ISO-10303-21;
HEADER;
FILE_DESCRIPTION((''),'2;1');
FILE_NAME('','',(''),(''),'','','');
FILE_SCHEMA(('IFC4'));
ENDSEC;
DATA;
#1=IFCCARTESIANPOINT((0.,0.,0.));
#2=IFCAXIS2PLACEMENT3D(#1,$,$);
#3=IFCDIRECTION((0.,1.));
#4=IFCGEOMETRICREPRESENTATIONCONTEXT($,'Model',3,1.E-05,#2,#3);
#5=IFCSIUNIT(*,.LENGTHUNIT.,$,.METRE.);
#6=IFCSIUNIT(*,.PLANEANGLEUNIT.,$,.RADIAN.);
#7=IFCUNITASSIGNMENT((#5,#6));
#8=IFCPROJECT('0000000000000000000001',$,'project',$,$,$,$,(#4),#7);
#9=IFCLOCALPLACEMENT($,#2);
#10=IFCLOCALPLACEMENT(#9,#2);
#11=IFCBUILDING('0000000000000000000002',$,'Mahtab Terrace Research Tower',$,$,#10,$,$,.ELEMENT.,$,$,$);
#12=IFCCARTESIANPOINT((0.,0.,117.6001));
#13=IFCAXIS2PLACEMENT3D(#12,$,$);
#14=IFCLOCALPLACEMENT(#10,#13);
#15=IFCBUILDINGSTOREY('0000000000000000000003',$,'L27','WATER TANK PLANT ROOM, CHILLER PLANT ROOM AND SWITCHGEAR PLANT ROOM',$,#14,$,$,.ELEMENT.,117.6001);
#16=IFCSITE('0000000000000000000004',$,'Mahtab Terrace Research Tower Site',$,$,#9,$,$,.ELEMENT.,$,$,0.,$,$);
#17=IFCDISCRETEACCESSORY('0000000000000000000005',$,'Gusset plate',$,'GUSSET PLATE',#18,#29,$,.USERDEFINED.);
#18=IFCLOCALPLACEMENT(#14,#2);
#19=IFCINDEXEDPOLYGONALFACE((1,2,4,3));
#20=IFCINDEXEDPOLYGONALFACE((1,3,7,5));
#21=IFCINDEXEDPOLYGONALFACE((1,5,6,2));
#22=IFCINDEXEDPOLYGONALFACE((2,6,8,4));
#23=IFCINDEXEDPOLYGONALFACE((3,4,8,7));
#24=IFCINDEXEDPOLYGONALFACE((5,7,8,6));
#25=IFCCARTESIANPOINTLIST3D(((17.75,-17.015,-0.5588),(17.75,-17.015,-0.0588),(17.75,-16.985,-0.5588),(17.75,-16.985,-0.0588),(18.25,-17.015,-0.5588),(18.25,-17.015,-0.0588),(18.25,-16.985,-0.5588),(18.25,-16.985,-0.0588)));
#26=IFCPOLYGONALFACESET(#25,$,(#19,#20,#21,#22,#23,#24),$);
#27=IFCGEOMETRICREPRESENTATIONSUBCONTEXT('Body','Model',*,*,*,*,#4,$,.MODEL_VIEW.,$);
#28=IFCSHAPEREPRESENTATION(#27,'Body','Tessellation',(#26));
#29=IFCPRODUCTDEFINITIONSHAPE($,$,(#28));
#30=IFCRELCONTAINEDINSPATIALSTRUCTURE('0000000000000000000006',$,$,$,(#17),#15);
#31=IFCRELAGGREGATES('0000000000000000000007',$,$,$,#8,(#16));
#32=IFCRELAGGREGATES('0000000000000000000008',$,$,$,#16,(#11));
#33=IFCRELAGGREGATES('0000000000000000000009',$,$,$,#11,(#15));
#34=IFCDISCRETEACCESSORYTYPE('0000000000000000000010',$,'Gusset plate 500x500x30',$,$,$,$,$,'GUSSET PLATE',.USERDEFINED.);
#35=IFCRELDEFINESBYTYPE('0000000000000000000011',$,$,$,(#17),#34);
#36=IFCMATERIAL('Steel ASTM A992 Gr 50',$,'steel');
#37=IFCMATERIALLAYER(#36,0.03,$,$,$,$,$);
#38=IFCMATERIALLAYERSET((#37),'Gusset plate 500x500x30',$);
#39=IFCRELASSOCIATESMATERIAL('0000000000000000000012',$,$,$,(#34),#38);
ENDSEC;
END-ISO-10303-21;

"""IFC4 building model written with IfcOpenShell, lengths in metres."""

from ifc_helpers import new_model, si_unit, direction, frame, origin, origin_2d, place, context, subcontext, project, spatial, rectangle, extrude, material, layer, layer_set, type_object, element, save


model = new_model("IFC4")

# Units and contexts
model_context = context("Model", 3, precision=1e-05, world=origin(), true_north=direction((0.0, 1.0)))
body_context = subcontext(model_context, "Body", "Model", "MODEL_VIEW")
ifc_project = project(units=[si_unit("LENGTHUNIT", "METRE"), si_unit("PLANEANGLEUNIT", "RADIAN")], contexts=[model_context])

# Site, building, storey
site_placement = place(None, origin())
site = spatial("IfcSite", under=ifc_project, at=site_placement, Name="Mahtab Terrace Research Tower Site", CompositionType="ELEMENT", RefElevation=0.0)
building_placement = place(site_placement, origin())
building = spatial("IfcBuilding", under=site, at=building_placement, Name="Mahtab Terrace Research Tower", CompositionType="ELEMENT")
storey_placement = place(building_placement, frame((0.0, 0.0, 117.6001)))
storey = spatial("IfcBuildingStorey", under=building, at=storey_placement, Name="L27", Description="WATER TANK PLANT ROOM, CHILLER PLANT ROOM AND SWITCHGEAR PLANT ROOM", CompositionType="ELEMENT", Elevation=117.6001)

# Shared definitions
ifc_material_1 = material(Name="Steel ASTM A992 Gr 50", Category="steel")

# Discrete accessory
ifc_layer_1 = layer(ifc_material_1, 0.03)
ifc_layer_set_1 = layer_set([ifc_layer_1], Name="Gusset plate 500x500x30")
discrete_accessory_type_1 = type_object("IfcDiscreteAccessoryType", Name="Gusset plate 500x500x30", ElementType="GUSSET PLATE", PredefinedType="USERDEFINED", material=ifc_layer_set_1)
discrete_accessory_placement = place(storey_placement, frame((18.0, -17.0, -0.5588), z_axis=(0.0, 0.0, 1.0), x_axis=(1.0, 0.0, 0.0)))
element("IfcDiscreteAccessory", 1, at=discrete_accessory_placement, inside=storey, type_object=discrete_accessory_type_1, Name="Gusset plate", ObjectType="GUSSET PLATE", PredefinedType="USERDEFINED", context=body_context, shape_type="SweptSolid", body=[
    extrude(rectangle(XDim=0.5, YDim=0.03, at=origin_2d()), origin(), (0.0, 0.0, 1.0), 0.5),
])

save(model, "model.ifc")
